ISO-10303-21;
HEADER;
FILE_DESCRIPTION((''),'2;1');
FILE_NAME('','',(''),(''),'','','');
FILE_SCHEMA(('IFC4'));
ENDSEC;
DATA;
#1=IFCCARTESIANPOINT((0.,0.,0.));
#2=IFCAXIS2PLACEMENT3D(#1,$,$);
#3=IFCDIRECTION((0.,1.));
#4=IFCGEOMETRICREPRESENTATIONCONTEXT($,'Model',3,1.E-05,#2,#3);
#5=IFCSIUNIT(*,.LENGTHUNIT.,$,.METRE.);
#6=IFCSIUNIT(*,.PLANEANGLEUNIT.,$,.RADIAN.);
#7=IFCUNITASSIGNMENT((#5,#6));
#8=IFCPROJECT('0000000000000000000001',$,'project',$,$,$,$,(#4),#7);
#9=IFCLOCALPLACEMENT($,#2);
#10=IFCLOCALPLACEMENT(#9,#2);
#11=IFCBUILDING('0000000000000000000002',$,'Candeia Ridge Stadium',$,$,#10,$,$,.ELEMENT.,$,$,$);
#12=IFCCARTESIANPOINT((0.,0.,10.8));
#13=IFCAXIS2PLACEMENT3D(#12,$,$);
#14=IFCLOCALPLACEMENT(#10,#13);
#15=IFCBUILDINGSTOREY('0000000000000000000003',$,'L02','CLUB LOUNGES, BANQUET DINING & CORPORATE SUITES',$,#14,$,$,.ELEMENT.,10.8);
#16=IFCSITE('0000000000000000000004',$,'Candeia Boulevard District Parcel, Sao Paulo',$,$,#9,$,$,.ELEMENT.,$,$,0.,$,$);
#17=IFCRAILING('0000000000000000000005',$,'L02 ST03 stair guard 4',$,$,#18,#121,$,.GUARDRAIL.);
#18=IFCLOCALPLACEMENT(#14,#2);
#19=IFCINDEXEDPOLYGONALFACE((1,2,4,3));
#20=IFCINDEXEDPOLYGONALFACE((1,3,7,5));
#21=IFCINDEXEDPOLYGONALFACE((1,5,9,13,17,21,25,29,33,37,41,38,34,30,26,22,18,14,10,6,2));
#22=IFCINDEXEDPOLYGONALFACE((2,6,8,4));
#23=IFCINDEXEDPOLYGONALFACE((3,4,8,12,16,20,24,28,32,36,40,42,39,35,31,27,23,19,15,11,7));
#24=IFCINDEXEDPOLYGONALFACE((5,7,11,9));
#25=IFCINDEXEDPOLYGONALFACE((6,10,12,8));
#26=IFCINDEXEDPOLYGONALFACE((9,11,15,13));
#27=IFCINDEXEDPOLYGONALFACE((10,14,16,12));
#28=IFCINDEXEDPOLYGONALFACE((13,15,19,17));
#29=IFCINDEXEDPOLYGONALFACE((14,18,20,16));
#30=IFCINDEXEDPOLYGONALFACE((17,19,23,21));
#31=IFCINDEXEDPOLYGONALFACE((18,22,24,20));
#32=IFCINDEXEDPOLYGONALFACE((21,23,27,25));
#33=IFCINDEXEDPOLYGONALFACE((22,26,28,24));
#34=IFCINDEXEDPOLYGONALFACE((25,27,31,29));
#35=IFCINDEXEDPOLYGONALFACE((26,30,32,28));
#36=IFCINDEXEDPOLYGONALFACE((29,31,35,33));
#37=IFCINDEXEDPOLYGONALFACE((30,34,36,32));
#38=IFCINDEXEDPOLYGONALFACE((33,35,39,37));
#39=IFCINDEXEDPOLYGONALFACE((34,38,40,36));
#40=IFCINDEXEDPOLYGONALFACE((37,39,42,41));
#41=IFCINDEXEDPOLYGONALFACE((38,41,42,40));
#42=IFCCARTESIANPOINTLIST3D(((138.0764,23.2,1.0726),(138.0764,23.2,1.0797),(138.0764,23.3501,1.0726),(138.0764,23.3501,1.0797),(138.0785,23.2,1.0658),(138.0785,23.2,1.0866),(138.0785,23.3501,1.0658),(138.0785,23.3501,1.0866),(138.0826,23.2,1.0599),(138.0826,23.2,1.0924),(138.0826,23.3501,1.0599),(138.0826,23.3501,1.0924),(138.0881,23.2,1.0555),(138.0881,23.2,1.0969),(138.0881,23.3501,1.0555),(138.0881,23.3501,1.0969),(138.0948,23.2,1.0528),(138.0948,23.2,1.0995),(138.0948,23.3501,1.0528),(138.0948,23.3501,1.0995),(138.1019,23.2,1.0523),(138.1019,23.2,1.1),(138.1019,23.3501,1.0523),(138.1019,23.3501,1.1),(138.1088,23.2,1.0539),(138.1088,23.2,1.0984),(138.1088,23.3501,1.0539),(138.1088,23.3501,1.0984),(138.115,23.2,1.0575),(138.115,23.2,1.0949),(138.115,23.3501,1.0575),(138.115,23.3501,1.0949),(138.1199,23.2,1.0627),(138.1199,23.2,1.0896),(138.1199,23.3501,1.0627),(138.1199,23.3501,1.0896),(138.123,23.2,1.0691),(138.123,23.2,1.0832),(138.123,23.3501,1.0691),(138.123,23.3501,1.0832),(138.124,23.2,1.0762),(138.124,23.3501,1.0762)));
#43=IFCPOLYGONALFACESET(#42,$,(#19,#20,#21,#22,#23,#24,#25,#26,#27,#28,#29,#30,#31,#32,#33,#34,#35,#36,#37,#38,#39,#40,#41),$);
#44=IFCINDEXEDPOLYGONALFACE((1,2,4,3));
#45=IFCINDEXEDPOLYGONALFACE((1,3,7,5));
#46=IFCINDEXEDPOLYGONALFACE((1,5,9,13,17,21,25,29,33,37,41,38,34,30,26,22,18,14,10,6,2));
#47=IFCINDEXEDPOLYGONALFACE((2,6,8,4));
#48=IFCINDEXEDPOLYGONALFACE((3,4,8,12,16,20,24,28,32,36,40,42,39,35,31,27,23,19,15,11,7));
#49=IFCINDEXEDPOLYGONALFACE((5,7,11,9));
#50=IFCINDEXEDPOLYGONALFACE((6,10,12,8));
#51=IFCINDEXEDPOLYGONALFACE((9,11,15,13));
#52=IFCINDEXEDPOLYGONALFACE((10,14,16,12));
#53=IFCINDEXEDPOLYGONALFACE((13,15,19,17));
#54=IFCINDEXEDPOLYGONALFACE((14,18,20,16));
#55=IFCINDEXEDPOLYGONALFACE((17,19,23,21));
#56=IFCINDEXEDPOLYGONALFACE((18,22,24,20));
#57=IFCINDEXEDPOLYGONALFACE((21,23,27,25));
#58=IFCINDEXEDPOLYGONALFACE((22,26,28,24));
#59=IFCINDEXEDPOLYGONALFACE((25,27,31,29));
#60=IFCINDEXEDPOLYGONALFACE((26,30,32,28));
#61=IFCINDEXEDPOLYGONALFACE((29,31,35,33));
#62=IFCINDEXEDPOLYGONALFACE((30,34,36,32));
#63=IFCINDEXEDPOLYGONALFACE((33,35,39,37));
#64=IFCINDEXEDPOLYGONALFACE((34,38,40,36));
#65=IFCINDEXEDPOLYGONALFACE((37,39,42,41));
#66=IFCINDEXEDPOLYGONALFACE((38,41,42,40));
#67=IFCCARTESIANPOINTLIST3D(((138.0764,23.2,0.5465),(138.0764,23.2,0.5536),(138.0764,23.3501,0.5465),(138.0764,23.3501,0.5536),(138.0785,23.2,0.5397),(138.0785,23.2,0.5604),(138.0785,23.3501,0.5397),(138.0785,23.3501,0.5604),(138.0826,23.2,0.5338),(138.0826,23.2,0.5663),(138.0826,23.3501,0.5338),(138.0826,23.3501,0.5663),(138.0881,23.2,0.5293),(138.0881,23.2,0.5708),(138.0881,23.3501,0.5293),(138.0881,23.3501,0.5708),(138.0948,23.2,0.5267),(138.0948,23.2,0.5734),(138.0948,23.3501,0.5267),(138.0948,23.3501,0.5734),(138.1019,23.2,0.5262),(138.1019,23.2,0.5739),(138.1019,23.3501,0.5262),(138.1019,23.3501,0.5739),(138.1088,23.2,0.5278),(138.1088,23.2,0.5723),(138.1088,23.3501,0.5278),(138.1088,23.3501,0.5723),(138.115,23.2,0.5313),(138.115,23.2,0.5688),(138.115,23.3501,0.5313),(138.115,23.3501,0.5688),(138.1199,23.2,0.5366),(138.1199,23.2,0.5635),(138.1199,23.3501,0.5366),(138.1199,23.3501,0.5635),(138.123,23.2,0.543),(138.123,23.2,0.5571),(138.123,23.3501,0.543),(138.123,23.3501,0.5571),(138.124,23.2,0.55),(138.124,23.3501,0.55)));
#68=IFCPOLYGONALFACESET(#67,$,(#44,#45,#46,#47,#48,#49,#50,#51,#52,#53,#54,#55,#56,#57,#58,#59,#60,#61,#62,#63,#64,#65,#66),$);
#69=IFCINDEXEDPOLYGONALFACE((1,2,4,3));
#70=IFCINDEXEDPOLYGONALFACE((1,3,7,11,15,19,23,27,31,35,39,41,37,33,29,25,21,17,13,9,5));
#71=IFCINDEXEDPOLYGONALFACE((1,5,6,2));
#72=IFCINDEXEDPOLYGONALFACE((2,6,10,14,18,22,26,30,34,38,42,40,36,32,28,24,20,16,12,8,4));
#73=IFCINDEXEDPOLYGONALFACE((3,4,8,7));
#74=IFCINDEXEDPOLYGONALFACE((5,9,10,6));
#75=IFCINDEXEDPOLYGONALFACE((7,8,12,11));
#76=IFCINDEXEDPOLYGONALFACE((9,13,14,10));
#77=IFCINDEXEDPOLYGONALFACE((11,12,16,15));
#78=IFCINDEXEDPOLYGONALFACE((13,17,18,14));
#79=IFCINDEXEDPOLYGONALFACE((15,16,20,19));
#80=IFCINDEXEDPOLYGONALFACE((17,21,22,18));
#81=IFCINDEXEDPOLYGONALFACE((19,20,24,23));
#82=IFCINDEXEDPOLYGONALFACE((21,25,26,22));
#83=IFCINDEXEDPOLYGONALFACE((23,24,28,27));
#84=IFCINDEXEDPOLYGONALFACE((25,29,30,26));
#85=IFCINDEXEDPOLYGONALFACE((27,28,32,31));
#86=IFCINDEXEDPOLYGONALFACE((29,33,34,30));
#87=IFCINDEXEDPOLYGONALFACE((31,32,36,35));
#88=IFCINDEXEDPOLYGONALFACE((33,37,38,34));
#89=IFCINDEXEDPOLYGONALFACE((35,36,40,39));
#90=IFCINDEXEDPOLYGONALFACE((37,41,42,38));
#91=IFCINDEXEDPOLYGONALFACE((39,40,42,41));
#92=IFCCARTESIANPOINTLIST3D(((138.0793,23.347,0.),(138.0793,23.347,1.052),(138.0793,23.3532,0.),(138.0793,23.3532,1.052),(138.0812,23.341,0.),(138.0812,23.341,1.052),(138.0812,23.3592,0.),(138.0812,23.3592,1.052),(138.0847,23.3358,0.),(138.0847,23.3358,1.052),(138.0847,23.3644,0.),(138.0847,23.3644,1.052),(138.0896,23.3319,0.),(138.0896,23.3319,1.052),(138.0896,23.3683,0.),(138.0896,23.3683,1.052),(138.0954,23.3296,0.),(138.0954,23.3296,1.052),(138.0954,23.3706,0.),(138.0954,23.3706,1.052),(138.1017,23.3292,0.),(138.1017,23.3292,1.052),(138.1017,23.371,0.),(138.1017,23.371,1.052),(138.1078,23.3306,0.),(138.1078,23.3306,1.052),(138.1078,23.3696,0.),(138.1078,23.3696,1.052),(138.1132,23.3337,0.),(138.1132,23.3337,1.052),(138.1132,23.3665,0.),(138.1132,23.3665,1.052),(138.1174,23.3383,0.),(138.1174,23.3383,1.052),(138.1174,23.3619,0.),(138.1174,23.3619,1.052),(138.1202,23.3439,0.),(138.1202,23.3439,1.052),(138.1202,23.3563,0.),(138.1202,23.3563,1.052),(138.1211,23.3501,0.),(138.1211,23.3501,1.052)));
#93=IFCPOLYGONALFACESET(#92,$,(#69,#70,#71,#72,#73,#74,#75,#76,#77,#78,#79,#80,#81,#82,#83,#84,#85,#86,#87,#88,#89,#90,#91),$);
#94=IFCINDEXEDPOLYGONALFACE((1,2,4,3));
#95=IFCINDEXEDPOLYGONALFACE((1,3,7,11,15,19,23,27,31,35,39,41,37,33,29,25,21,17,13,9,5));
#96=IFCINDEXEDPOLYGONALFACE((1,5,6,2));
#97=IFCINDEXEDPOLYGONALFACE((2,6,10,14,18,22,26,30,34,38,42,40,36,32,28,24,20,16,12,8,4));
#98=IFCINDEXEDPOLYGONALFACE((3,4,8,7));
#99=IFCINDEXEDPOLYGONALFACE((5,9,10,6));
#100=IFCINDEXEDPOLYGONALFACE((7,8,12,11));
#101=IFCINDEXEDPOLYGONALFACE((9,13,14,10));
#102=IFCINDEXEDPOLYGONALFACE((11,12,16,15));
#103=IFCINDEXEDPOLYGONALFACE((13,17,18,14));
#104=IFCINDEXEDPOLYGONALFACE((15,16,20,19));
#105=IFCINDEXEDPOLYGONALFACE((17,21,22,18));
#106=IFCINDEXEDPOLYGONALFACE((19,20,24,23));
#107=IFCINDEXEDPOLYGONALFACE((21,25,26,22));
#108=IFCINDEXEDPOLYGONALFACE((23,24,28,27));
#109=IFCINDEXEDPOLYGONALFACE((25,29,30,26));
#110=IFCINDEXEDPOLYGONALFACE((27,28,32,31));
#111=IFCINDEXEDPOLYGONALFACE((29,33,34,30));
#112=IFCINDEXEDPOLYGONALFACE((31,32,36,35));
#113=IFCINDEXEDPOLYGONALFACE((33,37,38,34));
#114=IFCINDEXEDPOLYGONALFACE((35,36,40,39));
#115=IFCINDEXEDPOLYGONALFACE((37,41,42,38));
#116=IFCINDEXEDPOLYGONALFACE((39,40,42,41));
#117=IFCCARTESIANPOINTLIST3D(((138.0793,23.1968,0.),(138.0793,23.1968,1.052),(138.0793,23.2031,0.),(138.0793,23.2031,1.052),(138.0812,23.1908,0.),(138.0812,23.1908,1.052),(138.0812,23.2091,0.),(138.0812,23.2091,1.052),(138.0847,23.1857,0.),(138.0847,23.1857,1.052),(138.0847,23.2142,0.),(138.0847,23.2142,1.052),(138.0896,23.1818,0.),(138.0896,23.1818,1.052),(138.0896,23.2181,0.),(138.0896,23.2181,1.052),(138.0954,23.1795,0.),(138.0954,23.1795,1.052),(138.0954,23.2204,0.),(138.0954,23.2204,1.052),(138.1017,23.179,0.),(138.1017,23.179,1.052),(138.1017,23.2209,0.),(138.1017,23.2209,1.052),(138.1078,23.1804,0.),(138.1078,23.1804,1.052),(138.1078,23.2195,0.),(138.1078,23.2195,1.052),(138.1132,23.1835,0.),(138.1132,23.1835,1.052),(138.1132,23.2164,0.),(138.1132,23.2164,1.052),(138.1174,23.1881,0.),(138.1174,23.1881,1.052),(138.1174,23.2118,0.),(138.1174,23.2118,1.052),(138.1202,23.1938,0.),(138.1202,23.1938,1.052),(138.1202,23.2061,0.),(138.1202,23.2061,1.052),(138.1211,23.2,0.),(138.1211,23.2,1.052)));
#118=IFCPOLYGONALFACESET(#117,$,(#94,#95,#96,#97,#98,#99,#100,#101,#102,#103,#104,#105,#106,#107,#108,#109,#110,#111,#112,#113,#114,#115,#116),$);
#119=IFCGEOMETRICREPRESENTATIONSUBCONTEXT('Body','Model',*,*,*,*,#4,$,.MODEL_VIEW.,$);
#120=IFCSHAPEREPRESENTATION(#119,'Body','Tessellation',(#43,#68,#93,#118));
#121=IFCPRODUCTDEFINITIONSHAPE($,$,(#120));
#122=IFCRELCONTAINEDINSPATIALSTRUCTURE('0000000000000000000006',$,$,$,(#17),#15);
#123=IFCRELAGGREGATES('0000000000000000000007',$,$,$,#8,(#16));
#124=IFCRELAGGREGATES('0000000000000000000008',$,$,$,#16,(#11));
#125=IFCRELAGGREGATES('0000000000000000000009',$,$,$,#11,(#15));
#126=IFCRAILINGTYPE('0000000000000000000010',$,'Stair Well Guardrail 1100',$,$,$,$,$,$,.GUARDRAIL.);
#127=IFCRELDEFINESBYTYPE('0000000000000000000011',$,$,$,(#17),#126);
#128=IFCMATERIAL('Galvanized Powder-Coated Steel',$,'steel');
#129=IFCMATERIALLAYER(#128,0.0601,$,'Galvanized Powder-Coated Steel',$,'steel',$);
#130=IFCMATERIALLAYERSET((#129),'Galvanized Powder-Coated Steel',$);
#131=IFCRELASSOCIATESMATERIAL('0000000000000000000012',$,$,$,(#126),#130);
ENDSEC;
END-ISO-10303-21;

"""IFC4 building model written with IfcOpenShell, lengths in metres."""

from ifc_helpers import new_model, si_unit, direction, frame, origin, origin_2d, place, context, subcontext, project, spatial, circle, extrude, material, layer, layer_set, type_object, element, save


model = new_model("IFC4")

# Units and contexts
model_context = context("Model", 3, precision=1e-05, world=origin(), true_north=direction((0.0, 1.0)))
body_context = subcontext(model_context, "Body", "Model", "MODEL_VIEW")
ifc_project = project(units=[si_unit("LENGTHUNIT", "METRE"), si_unit("PLANEANGLEUNIT", "RADIAN")], contexts=[model_context])

# Site, building, storey
site_placement = place(None, origin())
site = spatial("IfcSite", under=ifc_project, at=site_placement, Name="Candeia Boulevard District Parcel, Sao Paulo", CompositionType="ELEMENT", RefElevation=0.0)
building_placement = place(site_placement, origin())
building = spatial("IfcBuilding", under=site, at=building_placement, Name="Candeia Ridge Stadium", CompositionType="ELEMENT")
storey_placement = place(building_placement, frame((0.0, 0.0, 10.8)))
storey = spatial("IfcBuildingStorey", under=building, at=storey_placement, Name="L02", Description="CLUB LOUNGES, BANQUET DINING & CORPORATE SUITES", CompositionType="ELEMENT", Elevation=10.8)

# Railing
ifc_material_1 = material(Name="Galvanized Powder-Coated Steel", Category="steel")
ifc_layer_1 = layer(ifc_material_1, 0.0601, Name="Galvanized Powder-Coated Steel", Category="steel")
ifc_layer_set_1 = layer_set([ifc_layer_1], Name="Galvanized Powder-Coated Steel")
railing_type_1 = type_object("IfcRailingType", Name="Stair Well Guardrail 1100", PredefinedType="GUARDRAIL", material=ifc_layer_set_1)
railing_1_placement = place(storey_placement, frame((138.1001, 23.3501, 0.0)))
element("IfcRailing", 1, at=railing_1_placement, inside=storey, type_object=railing_type_1, Name="L02 ST03 stair guard 4", PredefinedType="GUARDRAIL", context=body_context, shape_type="SweptSolid", body=[
    extrude(circle(Radius=0.0239, at=origin_2d()), frame((0.0, 0.0, 1.0762), z_axis=(0.0, -1.0, 0.0), x_axis=(1.0, 0.0, 0.0)), (0.0, 0.0, 1.0), 0.1501),
    extrude(circle(Radius=0.0239, at=origin_2d()), frame((0.0, 0.0, 0.55), z_axis=(0.0, -1.0, 0.0), x_axis=(1.0, 0.0, 0.0)), (0.0, 0.0, 1.0), 0.1501),
    extrude(circle(Radius=0.021, at=origin_2d()), origin(), (0.0, 0.0, 1.0), 1.052),
    extrude(circle(Radius=0.021, at=origin_2d()), frame((0.0, -0.1501, 0.0)), (0.0, 0.0, 1.0), 1.052),
])

save(model, "model.ifc")
